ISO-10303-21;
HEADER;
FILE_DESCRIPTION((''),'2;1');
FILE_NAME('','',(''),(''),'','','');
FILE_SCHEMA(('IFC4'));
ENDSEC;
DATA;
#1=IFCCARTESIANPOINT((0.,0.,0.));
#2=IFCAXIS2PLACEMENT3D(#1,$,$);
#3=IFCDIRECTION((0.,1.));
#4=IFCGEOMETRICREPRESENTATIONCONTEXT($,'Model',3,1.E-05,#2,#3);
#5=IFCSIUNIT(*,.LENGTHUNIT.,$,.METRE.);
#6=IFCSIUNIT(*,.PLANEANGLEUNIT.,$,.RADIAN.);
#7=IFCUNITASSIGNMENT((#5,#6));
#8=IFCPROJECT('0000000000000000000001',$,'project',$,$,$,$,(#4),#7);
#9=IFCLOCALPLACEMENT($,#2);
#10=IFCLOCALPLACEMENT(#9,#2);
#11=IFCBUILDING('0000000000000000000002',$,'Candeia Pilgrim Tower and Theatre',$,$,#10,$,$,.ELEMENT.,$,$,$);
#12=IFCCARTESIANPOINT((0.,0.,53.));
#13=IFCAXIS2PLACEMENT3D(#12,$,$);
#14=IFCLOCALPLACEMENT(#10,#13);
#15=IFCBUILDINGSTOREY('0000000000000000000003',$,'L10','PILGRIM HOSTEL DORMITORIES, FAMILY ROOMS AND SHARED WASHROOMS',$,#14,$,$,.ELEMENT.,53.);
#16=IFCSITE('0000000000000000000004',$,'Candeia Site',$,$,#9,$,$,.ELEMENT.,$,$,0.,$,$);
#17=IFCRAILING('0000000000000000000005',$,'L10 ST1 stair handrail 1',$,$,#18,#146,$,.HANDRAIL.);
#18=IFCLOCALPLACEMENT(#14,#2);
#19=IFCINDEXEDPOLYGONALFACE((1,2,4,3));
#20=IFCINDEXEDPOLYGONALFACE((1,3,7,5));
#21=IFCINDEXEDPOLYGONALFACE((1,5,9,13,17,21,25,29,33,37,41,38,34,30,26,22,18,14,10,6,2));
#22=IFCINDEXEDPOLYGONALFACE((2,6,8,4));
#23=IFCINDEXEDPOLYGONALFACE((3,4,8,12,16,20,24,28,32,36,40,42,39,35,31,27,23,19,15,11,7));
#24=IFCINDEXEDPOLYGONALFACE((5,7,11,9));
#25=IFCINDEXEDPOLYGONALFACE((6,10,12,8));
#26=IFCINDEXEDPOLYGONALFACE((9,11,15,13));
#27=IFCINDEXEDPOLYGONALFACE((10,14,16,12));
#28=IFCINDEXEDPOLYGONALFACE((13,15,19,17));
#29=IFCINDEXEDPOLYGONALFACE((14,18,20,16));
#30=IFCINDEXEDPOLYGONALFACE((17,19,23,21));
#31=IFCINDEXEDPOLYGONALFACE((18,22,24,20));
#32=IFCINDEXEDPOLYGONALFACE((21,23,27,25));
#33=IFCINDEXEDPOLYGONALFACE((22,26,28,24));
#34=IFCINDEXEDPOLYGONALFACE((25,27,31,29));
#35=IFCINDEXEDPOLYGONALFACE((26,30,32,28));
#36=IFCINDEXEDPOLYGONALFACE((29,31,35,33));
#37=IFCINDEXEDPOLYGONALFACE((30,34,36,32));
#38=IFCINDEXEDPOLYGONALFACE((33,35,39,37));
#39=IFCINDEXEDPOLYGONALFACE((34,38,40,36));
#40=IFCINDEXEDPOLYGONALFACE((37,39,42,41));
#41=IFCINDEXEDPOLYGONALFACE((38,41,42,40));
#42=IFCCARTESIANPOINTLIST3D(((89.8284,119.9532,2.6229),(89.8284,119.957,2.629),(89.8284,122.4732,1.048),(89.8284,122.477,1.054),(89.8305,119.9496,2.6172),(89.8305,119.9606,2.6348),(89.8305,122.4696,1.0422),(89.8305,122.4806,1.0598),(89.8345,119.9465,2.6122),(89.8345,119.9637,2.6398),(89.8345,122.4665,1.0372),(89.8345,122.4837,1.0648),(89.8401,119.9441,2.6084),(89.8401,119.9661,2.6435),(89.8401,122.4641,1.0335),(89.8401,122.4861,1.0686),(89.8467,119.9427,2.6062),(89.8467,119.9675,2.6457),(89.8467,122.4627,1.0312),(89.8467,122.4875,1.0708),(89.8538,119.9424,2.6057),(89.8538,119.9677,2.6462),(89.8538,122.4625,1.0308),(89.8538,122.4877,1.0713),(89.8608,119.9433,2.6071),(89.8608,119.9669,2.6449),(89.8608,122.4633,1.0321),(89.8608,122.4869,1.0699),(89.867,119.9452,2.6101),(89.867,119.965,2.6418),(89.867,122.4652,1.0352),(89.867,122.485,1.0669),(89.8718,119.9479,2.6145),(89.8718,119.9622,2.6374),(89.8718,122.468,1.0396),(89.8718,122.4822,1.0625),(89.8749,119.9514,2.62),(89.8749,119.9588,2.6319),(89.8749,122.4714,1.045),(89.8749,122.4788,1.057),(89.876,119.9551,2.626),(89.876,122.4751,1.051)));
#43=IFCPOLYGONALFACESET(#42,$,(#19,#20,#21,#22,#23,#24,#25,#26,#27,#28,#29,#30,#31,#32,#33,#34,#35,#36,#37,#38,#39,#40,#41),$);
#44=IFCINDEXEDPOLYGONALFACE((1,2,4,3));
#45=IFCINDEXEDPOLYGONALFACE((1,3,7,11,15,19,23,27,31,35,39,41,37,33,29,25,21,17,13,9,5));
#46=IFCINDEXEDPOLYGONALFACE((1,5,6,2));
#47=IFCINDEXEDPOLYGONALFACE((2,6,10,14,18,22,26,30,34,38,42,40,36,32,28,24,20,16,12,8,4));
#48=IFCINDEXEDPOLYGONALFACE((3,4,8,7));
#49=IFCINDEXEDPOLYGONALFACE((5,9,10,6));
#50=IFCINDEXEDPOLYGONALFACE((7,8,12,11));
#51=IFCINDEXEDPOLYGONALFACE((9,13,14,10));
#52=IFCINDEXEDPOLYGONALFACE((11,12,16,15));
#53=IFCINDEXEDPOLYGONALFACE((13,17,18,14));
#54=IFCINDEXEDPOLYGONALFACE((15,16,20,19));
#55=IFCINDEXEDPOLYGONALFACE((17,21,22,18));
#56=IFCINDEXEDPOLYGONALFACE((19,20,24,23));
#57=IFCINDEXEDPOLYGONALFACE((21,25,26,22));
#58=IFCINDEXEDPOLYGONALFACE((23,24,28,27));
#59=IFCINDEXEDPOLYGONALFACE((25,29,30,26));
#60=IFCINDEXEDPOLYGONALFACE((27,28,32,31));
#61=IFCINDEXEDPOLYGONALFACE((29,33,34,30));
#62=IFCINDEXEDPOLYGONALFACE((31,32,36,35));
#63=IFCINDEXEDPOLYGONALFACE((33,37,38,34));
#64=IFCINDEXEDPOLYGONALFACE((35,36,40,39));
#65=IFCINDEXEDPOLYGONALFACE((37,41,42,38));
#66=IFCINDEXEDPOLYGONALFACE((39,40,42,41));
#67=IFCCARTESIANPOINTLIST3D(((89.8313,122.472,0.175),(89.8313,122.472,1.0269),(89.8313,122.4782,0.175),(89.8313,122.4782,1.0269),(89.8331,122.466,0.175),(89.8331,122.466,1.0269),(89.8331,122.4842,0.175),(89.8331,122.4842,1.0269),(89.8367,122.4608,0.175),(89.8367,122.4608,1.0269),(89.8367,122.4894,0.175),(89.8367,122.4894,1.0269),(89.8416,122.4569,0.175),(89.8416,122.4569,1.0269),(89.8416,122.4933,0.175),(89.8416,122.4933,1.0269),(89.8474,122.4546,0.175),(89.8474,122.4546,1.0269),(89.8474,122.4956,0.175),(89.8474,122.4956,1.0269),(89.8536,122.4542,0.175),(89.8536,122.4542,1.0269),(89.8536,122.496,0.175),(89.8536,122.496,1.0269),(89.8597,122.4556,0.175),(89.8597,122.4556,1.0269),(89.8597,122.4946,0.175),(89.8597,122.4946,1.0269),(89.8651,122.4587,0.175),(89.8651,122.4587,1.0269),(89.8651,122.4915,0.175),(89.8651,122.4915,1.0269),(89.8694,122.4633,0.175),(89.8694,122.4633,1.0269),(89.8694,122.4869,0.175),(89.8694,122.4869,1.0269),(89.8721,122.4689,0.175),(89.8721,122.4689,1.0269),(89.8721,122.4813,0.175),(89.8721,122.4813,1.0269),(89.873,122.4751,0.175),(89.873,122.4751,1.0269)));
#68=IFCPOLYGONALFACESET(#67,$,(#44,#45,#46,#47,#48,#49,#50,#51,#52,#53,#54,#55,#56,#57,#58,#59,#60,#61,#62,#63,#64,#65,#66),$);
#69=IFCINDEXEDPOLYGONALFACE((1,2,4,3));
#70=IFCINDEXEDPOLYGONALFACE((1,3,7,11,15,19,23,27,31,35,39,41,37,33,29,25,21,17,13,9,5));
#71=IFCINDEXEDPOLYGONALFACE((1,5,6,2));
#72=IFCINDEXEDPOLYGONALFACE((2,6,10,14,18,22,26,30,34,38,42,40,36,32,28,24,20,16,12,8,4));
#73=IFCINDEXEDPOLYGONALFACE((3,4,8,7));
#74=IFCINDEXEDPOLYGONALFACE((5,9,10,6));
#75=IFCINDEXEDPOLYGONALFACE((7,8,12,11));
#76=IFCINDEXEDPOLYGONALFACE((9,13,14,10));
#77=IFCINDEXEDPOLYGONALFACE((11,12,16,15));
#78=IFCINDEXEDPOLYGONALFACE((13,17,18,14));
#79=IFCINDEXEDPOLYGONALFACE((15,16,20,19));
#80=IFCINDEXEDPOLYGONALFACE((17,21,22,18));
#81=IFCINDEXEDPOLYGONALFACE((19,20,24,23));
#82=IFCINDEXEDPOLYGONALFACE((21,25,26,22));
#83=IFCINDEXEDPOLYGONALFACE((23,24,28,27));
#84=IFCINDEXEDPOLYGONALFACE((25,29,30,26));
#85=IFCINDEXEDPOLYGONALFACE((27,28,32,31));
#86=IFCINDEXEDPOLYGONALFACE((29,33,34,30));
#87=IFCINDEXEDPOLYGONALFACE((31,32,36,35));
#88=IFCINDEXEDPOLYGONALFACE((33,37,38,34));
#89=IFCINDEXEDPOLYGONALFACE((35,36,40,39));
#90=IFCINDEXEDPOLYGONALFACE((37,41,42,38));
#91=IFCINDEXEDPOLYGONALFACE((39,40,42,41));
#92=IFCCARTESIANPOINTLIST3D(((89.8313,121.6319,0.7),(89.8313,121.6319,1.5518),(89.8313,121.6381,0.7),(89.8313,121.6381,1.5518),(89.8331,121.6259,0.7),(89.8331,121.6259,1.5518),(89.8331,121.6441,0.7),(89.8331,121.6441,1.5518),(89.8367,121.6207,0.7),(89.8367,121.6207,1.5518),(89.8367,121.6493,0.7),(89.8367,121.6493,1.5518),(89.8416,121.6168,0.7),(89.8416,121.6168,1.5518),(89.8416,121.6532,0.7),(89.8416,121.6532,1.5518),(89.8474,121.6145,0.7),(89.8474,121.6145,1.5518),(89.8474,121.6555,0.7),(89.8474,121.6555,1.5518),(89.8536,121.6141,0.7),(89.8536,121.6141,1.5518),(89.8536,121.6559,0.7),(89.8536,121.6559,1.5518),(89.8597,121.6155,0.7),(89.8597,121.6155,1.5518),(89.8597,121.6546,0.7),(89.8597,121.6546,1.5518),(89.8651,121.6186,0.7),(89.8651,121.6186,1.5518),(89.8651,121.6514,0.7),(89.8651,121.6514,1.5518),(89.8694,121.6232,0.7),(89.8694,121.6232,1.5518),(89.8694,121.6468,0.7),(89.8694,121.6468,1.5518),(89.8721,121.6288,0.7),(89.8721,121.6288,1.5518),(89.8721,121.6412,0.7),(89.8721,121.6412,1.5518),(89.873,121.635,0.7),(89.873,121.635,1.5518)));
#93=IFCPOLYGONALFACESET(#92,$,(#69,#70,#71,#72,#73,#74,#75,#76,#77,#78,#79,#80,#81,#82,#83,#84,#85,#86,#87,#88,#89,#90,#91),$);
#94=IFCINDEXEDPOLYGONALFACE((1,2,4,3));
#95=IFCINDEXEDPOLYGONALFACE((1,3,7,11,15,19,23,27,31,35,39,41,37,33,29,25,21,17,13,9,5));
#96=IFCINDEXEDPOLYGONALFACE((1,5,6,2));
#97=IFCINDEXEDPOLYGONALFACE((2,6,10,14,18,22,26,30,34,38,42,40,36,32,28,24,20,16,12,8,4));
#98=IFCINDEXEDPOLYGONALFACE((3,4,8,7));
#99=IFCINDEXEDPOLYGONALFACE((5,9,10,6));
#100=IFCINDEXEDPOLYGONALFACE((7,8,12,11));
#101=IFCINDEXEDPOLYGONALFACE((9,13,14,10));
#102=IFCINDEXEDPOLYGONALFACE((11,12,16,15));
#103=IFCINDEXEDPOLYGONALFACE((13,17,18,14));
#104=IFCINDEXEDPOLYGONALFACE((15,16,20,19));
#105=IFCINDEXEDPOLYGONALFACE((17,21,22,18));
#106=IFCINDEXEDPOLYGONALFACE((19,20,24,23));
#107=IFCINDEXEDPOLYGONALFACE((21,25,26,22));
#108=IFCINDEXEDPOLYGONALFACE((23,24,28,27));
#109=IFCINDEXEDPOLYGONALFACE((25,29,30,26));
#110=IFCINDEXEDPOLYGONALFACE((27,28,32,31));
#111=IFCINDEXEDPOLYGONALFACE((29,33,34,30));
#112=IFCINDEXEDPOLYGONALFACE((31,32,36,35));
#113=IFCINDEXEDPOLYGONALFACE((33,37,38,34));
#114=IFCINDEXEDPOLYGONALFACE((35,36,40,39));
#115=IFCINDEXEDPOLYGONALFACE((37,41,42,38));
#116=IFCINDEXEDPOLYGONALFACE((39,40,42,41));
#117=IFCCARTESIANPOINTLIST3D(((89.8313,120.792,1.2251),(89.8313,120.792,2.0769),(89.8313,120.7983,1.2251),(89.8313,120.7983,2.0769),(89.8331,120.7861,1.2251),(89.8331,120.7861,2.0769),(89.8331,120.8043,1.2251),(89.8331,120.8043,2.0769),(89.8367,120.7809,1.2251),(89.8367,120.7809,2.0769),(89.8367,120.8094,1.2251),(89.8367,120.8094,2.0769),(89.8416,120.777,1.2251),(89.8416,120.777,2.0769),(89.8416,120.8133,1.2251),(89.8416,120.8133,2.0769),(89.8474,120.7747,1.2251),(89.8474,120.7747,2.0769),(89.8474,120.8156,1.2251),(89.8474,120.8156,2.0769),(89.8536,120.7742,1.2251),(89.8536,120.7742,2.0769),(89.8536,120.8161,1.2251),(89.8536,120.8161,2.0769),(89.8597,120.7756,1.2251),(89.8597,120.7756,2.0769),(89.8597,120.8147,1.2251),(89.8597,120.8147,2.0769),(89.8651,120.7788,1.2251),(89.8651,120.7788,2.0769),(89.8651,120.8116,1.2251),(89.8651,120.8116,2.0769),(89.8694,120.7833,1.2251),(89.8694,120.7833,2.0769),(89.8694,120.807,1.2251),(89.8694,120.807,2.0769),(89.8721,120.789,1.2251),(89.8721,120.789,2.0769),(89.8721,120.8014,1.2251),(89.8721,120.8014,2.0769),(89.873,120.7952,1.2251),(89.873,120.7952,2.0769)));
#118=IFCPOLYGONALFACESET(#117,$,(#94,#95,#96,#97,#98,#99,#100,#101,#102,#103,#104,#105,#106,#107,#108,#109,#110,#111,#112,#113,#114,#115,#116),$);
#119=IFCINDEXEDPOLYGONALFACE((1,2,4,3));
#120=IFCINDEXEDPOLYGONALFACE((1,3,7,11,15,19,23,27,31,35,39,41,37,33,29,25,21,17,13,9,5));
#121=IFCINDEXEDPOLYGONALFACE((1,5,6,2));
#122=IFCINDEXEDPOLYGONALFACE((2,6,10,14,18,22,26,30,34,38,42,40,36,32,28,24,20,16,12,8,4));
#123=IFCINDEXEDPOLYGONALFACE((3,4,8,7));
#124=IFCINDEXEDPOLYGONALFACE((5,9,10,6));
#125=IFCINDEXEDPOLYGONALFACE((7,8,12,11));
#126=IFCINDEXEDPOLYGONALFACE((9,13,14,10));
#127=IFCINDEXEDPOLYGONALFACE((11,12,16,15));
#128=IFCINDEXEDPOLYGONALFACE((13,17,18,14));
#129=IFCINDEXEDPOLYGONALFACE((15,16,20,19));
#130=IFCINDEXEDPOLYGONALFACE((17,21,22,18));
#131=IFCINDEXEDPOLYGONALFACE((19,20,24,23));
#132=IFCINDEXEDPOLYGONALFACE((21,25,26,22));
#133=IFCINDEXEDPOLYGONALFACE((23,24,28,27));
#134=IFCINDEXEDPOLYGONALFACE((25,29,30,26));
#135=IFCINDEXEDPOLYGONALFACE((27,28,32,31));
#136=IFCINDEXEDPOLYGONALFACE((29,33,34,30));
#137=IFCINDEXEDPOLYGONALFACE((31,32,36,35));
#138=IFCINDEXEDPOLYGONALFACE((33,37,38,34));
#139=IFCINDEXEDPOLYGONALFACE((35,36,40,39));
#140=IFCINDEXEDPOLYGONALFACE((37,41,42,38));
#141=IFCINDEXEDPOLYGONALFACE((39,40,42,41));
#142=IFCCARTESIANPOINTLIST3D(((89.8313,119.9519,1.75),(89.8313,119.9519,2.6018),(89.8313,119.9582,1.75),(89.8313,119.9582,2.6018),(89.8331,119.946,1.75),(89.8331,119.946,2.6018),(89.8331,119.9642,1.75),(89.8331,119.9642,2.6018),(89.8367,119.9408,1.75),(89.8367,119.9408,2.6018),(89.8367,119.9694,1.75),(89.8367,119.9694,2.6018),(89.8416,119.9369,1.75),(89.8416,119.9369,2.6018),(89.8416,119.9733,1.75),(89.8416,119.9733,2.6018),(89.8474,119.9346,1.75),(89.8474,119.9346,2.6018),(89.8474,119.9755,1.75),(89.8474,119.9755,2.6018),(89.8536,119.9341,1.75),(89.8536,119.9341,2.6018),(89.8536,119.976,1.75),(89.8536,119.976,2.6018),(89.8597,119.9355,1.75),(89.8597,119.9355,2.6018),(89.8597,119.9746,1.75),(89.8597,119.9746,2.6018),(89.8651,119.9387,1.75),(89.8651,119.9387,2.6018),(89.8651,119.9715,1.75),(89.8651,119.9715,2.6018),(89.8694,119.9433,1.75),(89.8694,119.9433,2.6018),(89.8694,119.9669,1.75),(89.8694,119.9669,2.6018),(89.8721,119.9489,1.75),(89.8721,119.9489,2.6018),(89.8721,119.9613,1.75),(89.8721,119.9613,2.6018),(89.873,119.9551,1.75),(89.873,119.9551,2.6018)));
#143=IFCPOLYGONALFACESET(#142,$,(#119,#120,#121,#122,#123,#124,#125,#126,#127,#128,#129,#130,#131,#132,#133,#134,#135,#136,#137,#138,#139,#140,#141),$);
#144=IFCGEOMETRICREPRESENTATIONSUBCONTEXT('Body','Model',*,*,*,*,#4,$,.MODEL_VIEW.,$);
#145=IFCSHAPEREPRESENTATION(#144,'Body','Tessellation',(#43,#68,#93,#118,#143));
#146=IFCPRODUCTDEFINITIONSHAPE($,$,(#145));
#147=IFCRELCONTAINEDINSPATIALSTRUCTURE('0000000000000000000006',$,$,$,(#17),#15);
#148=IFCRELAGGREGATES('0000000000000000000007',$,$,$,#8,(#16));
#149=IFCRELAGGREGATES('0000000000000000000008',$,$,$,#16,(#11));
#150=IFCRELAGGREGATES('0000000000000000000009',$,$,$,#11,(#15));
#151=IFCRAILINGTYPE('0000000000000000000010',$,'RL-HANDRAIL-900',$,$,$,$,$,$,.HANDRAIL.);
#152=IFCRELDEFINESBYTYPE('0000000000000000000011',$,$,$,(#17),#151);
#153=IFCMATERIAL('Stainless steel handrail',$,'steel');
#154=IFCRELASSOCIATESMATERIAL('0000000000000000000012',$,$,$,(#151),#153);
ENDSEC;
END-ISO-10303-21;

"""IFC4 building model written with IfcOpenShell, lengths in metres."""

from ifc_helpers import new_model, si_unit, direction, frame, origin, origin_2d, place, context, subcontext, project, spatial, circle, extrude, material, type_object, element, save


model = new_model("IFC4")

# Units and contexts
model_context = context("Model", 3, precision=1e-05, world=origin(), true_north=direction((0.0, 1.0)))
body_context = subcontext(model_context, "Body", "Model", "MODEL_VIEW")
ifc_project = project(units=[si_unit("LENGTHUNIT", "METRE"), si_unit("PLANEANGLEUNIT", "RADIAN")], contexts=[model_context])

# Site, building, storey
site_placement = place(None, origin())
site = spatial("IfcSite", under=ifc_project, at=site_placement, Name="Candeia Site", CompositionType="ELEMENT", RefElevation=0.0)
building_placement = place(site_placement, origin())
building = spatial("IfcBuilding", under=site, at=building_placement, Name="Candeia Pilgrim Tower and Theatre", CompositionType="ELEMENT")
storey_placement = place(building_placement, frame((0.0, 0.0, 53.0)))
storey = spatial("IfcBuildingStorey", under=building, at=storey_placement, Name="L10", Description="PILGRIM HOSTEL DORMITORIES, FAMILY ROOMS AND SHARED WASHROOMS", CompositionType="ELEMENT", Elevation=53.0)

# Railing
ifc_material_1 = material(Name="Stainless steel handrail", Category="steel")
railing_type_1 = type_object("IfcRailingType", Name="RL-HANDRAIL-900", PredefinedType="HANDRAIL", material=ifc_material_1)
railing_1_placement = place(storey_placement, frame((89.8521, 122.4751, 0.175)))
element("IfcRailing", 1, at=railing_1_placement, inside=storey, type_object=railing_type_1, Name="L10 ST1 stair handrail 1", PredefinedType="HANDRAIL", context=body_context, shape_type="SweptSolid", body=[
    extrude(circle(Radius=0.0239, at=origin_2d()), frame((0.0, 0.0, 0.876), z_axis=(0.0, -0.848008, 0.529984), x_axis=(1.0, 0.0, 0.0)), (0.0, 0.0, 1.0), 2.9717),
    extrude(circle(Radius=0.021, at=origin_2d()), origin(), (0.0, 0.0, 1.0), 0.8518),
    extrude(circle(Radius=0.021, at=origin_2d()), frame((0.0, -0.8401, 0.5249)), (0.0, 0.0, 1.0), 0.8518),
    extrude(circle(Radius=0.021, at=origin_2d()), frame((0.0, -1.6799, 1.05)), (0.0, 0.0, 1.0), 0.8518),
    extrude(circle(Radius=0.021, at=origin_2d()), frame((0.0, -2.52, 1.575)), (0.0, 0.0, 1.0), 0.8518),
])

save(model, "model.ifc")
